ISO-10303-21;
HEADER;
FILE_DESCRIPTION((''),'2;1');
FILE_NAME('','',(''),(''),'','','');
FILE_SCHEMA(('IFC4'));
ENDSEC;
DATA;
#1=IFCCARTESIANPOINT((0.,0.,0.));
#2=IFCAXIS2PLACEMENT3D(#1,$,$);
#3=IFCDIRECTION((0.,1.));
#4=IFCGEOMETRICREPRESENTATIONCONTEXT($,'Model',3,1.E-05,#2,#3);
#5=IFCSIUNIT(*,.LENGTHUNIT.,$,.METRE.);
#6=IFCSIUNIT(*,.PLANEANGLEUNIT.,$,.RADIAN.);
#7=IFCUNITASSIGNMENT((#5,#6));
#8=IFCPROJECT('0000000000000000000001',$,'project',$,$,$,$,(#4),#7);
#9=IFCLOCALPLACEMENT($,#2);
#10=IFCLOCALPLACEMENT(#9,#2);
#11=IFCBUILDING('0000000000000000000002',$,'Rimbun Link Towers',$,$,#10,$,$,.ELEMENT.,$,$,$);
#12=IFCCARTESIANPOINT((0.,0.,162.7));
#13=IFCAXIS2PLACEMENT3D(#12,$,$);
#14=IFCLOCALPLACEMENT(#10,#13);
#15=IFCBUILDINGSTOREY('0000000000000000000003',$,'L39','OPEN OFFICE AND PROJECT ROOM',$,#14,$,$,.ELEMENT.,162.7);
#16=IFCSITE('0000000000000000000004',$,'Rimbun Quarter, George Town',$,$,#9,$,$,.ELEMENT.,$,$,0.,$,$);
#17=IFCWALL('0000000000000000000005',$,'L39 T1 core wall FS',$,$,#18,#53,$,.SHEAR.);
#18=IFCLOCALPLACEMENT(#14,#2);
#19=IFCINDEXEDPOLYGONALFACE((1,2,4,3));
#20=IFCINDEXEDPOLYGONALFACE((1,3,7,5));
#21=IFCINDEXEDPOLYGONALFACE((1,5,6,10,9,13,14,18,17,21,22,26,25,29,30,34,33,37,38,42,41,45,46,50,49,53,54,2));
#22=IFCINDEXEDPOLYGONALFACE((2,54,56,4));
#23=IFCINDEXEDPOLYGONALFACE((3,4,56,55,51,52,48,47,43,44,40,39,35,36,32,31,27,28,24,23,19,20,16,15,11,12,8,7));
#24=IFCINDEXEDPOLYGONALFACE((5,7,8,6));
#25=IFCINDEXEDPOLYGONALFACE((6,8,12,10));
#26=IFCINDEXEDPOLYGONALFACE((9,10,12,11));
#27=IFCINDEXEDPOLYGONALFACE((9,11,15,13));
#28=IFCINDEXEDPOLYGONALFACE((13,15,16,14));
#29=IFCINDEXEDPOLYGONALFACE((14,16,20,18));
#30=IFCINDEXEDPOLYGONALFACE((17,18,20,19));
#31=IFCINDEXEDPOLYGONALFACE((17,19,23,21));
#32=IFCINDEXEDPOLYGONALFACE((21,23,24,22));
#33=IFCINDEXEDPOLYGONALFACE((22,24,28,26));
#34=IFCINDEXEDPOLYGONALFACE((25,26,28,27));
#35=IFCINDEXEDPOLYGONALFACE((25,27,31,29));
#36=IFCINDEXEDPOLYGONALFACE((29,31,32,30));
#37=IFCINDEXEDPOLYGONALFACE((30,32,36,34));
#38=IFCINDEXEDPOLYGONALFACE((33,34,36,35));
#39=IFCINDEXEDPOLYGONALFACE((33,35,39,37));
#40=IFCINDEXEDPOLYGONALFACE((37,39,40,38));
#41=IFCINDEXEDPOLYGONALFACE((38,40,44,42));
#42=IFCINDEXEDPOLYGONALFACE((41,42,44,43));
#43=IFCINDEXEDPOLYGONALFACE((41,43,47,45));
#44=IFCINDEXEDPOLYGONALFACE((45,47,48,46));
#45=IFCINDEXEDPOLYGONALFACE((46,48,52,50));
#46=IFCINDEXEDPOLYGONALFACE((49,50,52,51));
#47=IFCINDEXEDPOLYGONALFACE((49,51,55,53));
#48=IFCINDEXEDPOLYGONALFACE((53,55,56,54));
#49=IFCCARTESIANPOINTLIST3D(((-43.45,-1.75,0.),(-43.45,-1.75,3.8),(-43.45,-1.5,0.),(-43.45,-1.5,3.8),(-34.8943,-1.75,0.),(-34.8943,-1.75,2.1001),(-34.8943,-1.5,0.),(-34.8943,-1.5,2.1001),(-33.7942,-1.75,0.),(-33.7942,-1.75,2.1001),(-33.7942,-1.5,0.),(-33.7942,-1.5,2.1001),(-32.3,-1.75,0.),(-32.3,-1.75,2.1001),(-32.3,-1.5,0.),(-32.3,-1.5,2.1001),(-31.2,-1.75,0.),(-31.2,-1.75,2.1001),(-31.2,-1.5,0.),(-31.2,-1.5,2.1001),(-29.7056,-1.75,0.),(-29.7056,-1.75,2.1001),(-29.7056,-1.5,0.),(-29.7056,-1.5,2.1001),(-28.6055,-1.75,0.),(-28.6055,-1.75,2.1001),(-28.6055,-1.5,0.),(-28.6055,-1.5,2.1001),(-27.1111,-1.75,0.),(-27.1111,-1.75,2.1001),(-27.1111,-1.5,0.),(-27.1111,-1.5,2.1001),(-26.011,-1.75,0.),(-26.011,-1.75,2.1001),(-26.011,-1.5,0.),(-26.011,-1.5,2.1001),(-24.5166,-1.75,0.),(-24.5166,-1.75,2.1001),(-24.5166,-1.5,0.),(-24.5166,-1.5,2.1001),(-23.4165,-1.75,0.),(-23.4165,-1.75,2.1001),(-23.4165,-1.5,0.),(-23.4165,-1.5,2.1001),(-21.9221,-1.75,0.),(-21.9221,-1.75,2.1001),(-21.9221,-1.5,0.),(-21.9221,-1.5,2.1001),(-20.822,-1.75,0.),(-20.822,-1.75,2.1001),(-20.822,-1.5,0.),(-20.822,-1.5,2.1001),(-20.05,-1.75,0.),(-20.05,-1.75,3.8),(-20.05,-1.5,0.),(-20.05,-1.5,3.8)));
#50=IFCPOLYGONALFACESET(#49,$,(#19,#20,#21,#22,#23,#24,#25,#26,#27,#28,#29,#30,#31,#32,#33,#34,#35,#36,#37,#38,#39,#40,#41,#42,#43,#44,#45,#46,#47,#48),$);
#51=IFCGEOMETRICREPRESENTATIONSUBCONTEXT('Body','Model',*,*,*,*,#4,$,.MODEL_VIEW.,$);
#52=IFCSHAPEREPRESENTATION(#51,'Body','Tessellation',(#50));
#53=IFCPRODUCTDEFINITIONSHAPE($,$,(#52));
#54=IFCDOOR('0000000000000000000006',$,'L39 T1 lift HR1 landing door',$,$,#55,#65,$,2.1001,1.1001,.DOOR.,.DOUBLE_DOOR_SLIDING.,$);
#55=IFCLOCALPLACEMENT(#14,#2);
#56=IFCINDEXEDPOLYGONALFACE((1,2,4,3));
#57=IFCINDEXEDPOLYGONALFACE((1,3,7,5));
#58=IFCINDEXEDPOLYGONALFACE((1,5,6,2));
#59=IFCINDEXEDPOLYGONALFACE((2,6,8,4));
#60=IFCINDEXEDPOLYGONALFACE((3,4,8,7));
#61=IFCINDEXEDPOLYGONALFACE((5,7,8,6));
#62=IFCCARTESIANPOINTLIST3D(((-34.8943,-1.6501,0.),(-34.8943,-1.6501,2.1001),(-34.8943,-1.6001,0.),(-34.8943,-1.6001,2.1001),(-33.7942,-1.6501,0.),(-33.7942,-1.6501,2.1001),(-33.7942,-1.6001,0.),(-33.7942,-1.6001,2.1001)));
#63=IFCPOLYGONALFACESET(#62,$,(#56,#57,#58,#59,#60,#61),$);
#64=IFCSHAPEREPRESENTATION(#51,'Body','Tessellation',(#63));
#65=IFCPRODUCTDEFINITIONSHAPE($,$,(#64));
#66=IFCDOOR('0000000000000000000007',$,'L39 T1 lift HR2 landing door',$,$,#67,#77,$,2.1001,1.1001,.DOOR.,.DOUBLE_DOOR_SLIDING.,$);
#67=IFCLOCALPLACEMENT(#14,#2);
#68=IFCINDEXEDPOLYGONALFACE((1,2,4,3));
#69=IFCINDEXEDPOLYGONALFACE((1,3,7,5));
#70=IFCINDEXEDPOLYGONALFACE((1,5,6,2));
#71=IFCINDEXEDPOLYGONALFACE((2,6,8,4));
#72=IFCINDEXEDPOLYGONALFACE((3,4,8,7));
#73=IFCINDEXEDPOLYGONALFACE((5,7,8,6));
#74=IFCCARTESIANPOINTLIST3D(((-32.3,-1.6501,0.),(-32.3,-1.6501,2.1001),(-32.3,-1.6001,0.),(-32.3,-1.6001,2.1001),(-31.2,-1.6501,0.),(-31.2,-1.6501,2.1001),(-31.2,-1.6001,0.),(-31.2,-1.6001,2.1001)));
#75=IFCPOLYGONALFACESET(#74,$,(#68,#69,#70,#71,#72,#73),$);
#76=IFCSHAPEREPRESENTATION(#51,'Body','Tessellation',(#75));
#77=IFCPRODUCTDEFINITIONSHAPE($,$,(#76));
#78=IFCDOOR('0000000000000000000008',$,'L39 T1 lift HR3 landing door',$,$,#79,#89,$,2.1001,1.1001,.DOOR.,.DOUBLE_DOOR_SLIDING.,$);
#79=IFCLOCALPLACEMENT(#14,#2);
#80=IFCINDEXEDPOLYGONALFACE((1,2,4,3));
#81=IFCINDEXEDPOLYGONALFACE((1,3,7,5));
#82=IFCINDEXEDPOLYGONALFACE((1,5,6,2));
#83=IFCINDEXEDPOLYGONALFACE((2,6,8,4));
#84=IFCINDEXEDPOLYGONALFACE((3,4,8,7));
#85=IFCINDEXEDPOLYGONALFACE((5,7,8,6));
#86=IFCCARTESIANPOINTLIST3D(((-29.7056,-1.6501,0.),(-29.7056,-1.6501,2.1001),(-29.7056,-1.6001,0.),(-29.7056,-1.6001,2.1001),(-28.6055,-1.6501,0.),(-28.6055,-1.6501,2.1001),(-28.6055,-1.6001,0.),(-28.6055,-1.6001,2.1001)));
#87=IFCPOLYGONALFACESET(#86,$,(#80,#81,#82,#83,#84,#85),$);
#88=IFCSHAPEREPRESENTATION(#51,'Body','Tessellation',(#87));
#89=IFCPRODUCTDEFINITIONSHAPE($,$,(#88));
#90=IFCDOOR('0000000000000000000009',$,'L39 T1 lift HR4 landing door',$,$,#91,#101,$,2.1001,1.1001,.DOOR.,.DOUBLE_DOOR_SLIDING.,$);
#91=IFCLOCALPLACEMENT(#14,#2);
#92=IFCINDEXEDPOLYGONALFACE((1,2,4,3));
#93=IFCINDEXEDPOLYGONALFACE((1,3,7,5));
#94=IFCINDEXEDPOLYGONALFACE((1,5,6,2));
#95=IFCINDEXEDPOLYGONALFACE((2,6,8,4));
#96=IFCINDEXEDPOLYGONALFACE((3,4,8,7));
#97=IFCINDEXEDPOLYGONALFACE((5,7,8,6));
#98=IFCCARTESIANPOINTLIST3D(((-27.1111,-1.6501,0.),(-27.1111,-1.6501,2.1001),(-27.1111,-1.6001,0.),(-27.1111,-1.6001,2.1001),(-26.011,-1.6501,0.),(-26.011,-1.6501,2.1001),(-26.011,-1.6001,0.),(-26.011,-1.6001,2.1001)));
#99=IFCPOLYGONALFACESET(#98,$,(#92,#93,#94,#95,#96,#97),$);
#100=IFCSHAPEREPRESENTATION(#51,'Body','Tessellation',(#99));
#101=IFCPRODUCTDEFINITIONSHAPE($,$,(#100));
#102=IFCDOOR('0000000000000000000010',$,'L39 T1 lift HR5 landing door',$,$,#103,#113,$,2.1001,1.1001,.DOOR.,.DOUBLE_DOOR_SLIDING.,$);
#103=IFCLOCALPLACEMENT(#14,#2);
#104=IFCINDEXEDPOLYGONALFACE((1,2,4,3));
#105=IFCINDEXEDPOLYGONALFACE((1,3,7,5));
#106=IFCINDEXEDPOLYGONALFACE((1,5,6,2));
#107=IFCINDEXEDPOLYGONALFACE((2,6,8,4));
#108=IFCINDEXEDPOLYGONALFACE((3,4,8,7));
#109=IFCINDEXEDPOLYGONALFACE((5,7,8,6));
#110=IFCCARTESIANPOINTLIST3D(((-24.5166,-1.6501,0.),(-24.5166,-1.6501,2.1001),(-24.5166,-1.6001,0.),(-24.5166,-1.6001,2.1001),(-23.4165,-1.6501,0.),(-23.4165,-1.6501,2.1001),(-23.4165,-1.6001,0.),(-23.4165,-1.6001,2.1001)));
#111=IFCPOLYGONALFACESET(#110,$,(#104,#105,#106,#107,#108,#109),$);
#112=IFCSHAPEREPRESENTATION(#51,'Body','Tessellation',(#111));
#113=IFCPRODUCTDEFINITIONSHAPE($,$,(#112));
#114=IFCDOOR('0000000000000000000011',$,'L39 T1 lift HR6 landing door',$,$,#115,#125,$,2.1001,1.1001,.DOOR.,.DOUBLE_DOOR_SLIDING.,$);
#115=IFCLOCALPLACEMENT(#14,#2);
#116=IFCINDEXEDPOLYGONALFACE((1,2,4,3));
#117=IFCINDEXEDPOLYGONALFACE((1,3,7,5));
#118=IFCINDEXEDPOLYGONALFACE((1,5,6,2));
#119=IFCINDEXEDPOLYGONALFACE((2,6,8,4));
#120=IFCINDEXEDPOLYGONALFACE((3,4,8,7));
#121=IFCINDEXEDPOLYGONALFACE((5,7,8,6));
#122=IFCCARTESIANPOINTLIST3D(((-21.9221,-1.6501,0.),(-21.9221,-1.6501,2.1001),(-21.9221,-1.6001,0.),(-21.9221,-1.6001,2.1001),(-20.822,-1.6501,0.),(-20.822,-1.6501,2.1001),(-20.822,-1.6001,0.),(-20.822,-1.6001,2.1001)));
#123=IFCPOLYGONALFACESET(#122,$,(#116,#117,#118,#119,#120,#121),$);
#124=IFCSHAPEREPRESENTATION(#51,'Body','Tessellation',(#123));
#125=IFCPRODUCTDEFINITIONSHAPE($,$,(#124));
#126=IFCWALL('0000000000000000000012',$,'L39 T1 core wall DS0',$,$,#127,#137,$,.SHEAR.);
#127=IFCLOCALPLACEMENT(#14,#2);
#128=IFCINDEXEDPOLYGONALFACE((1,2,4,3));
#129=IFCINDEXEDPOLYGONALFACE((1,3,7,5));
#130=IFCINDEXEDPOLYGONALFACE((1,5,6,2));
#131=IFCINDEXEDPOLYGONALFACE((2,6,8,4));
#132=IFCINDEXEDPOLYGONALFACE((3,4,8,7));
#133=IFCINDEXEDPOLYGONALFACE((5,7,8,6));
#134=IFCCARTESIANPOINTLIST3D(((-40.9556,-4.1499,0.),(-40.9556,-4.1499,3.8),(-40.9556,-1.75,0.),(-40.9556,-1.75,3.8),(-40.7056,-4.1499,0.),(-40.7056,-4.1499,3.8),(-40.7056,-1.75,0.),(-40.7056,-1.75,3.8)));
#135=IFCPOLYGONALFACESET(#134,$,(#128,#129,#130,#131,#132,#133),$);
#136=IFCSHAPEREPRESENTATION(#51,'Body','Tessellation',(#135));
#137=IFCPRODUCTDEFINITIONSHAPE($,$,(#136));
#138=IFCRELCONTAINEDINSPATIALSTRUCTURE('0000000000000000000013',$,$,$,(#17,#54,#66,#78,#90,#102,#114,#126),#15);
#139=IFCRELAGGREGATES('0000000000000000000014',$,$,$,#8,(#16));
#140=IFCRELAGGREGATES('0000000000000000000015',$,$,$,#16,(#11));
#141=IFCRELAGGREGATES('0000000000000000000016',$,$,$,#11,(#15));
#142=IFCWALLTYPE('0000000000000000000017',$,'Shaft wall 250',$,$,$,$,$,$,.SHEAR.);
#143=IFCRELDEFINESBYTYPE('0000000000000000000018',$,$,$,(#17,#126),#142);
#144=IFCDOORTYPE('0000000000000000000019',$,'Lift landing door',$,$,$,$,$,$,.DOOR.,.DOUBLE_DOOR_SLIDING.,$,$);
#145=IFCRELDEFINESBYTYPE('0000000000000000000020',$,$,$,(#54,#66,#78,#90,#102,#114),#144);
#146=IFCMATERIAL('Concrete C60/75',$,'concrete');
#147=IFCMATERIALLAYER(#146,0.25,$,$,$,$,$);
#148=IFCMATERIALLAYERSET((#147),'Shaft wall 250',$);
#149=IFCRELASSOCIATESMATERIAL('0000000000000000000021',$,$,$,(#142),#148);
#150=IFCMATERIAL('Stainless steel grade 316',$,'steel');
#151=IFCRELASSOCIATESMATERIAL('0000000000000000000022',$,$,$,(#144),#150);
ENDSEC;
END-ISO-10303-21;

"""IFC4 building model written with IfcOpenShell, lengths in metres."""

from ifc_helpers import new_model, si_unit, direction, frame, frame_2d, origin, place, context, subcontext, project, spatial, rectangle, extrude, material, layer, layer_set, type_object, element, fill, save


model = new_model("IFC4")

# Units and contexts
model_context = context("Model", 3, precision=1e-05, world=origin(), true_north=direction((0.0, 1.0)))
body_context = subcontext(model_context, "Body", "Model", "MODEL_VIEW")
ifc_project = project(units=[si_unit("LENGTHUNIT", "METRE"), si_unit("PLANEANGLEUNIT", "RADIAN")], contexts=[model_context])

# Site, building, storey
site_placement = place(None, origin())
site = spatial("IfcSite", under=ifc_project, at=site_placement, Name="Rimbun Quarter, George Town", CompositionType="ELEMENT", RefElevation=0.0)
building_placement = place(site_placement, origin())
building = spatial("IfcBuilding", under=site, at=building_placement, Name="Rimbun Link Towers", CompositionType="ELEMENT")
storey_placement = place(building_placement, frame((0.0, 0.0, 162.7)))
storey = spatial("IfcBuildingStorey", under=building, at=storey_placement, Name="L39", Description="OPEN OFFICE AND PROJECT ROOM", CompositionType="ELEMENT", Elevation=162.7)

# Shared definitions
ifc_material_1 = material(Name="Concrete C60/75", Category="concrete")
ifc_layer_1 = layer(ifc_material_1, 0.25)
ifc_layer_set_1 = layer_set([ifc_layer_1], Name="Shaft wall 250")
wall_type_1 = type_object("IfcWallType", Name="Shaft wall 250", PredefinedType="SHEAR", material=ifc_layer_set_1)

# Wall, openings, doors
wall_1_placement = place(storey_placement, frame((-43.45, -1.625, 0.0), z_axis=(0.0, 0.0, 1.0), x_axis=(1.0, 0.0, 0.0)))
wall_1 = element("IfcWall", 1, at=wall_1_placement, inside=storey, type_object=wall_type_1, Name="L39 T1 core wall FS", PredefinedType="SHEAR", context=body_context, shape_type="SweptSolid", body=[
    extrude(rectangle(XDim=23.3999, YDim=0.25, at=frame_2d((11.7, 0.0))), origin(), (0.0, 0.0, 1.0), 3.8),
])
opening_1_placement = place(wall_1_placement, frame((8.5557, 0.0, 0.0)))
opening_1 = element("IfcOpeningElement", 2, at=opening_1_placement, cuts=wall_1, PredefinedType="OPENING", context=body_context, shape_type="SweptSolid", body=[
    extrude(rectangle(XDim=1.1001, YDim=2.1001, at=frame_2d((0.55, 1.05))), frame((0.0, 0.135, 0.0), z_axis=(0.0, -1.0, 0.0), x_axis=(1.0, 0.0, 0.0)), (0.0, 0.0, 1.0), 0.27),
])
opening_2_placement = place(wall_1_placement, frame((11.1499, 0.0, 0.0)))
opening_2 = element("IfcOpeningElement", 3, at=opening_2_placement, cuts=wall_1, PredefinedType="OPENING", context=body_context, shape_type="SweptSolid", body=[
    extrude(rectangle(XDim=1.1001, YDim=2.1001, at=frame_2d((0.55, 1.05))), frame((0.0, 0.135, 0.0), z_axis=(0.0, -1.0, 0.0), x_axis=(1.0, 0.0, 0.0)), (0.0, 0.0, 1.0), 0.27),
])
opening_3_placement = place(wall_1_placement, frame((13.7444, 0.0, 0.0)))
opening_3 = element("IfcOpeningElement", 4, at=opening_3_placement, cuts=wall_1, PredefinedType="OPENING", context=body_context, shape_type="SweptSolid", body=[
    extrude(rectangle(XDim=1.1001, YDim=2.1001, at=frame_2d((0.55, 1.05))), frame((0.0, 0.135, 0.0), z_axis=(0.0, -1.0, 0.0), x_axis=(1.0, 0.0, 0.0)), (0.0, 0.0, 1.0), 0.27),
])
opening_4_placement = place(wall_1_placement, frame((16.3389, 0.0, 0.0)))
opening_4 = element("IfcOpeningElement", 5, at=opening_4_placement, cuts=wall_1, PredefinedType="OPENING", context=body_context, shape_type="SweptSolid", body=[
    extrude(rectangle(XDim=1.1001, YDim=2.1001, at=frame_2d((0.55, 1.05))), frame((0.0, 0.135, 0.0), z_axis=(0.0, -1.0, 0.0), x_axis=(1.0, 0.0, 0.0)), (0.0, 0.0, 1.0), 0.27),
])
opening_5_placement = place(wall_1_placement, frame((18.9333, 0.0, 0.0)))
opening_5 = element("IfcOpeningElement", 6, at=opening_5_placement, cuts=wall_1, PredefinedType="OPENING", context=body_context, shape_type="SweptSolid", body=[
    extrude(rectangle(XDim=1.1001, YDim=2.1001, at=frame_2d((0.55, 1.05))), frame((0.0, 0.135, 0.0), z_axis=(0.0, -1.0, 0.0), x_axis=(1.0, 0.0, 0.0)), (0.0, 0.0, 1.0), 0.27),
])
opening_6_placement = place(wall_1_placement, frame((21.5278, 0.0, 0.0)))
opening_6 = element("IfcOpeningElement", 7, at=opening_6_placement, cuts=wall_1, PredefinedType="OPENING", context=body_context, shape_type="SweptSolid", body=[
    extrude(rectangle(XDim=1.1001, YDim=2.1001, at=frame_2d((0.55, 1.05))), frame((0.0, 0.135, 0.0), z_axis=(0.0, -1.0, 0.0), x_axis=(1.0, 0.0, 0.0)), (0.0, 0.0, 1.0), 0.27),
])
ifc_material_2 = material(Name="Stainless steel grade 316", Category="steel")
door_type_1 = type_object("IfcDoorType", Name="Lift landing door", OperationType="DOUBLE_DOOR_SLIDING", PredefinedType="DOOR", material=ifc_material_2)
door_1_placement = place(opening_1_placement, origin())
door_1 = element("IfcDoor", 8, at=door_1_placement, inside=storey, type_object=door_type_1, Name="L39 T1 lift HR1 landing door", OperationType="DOUBLE_DOOR_SLIDING", OverallHeight=2.1001, OverallWidth=1.1001, PredefinedType="DOOR", context=body_context, shape_type="SweptSolid", body=[
    extrude(rectangle(XDim=1.1001, YDim=2.1001, at=frame_2d((0.55, 1.05))), frame((0.0, 0.0249, 0.0), z_axis=(0.0, -1.0, 0.0), x_axis=(1.0, 0.0, 0.0)), (0.0, 0.0, 1.0), 0.05),
])
fill(opening_1, door_1)
door_2_placement = place(opening_2_placement, origin())
door_2 = element("IfcDoor", 9, at=door_2_placement, inside=storey, type_object=door_type_1, Name="L39 T1 lift HR2 landing door", OperationType="DOUBLE_DOOR_SLIDING", OverallHeight=2.1001, OverallWidth=1.1001, PredefinedType="DOOR", context=body_context, shape_type="SweptSolid", body=[
    extrude(rectangle(XDim=1.1001, YDim=2.1001, at=frame_2d((0.55, 1.05))), frame((0.0, 0.0249, 0.0), z_axis=(0.0, -1.0, 0.0), x_axis=(1.0, 0.0, 0.0)), (0.0, 0.0, 1.0), 0.05),
])
fill(opening_2, door_2)
door_3_placement = place(opening_3_placement, origin())
door_3 = element("IfcDoor", 10, at=door_3_placement, inside=storey, type_object=door_type_1, Name="L39 T1 lift HR3 landing door", OperationType="DOUBLE_DOOR_SLIDING", OverallHeight=2.1001, OverallWidth=1.1001, PredefinedType="DOOR", context=body_context, shape_type="SweptSolid", body=[
    extrude(rectangle(XDim=1.1001, YDim=2.1001, at=frame_2d((0.55, 1.05))), frame((0.0, 0.0249, 0.0), z_axis=(0.0, -1.0, 0.0), x_axis=(1.0, 0.0, 0.0)), (0.0, 0.0, 1.0), 0.05),
])
fill(opening_3, door_3)
door_4_placement = place(opening_4_placement, origin())
door_4 = element("IfcDoor", 11, at=door_4_placement, inside=storey, type_object=door_type_1, Name="L39 T1 lift HR4 landing door", OperationType="DOUBLE_DOOR_SLIDING", OverallHeight=2.1001, OverallWidth=1.1001, PredefinedType="DOOR", context=body_context, shape_type="SweptSolid", body=[
    extrude(rectangle(XDim=1.1001, YDim=2.1001, at=frame_2d((0.55, 1.05))), frame((0.0, 0.0249, 0.0), z_axis=(0.0, -1.0, 0.0), x_axis=(1.0, 0.0, 0.0)), (0.0, 0.0, 1.0), 0.05),
])
fill(opening_4, door_4)
door_5_placement = place(opening_5_placement, origin())
door_5 = element("IfcDoor", 12, at=door_5_placement, inside=storey, type_object=door_type_1, Name="L39 T1 lift HR5 landing door", OperationType="DOUBLE_DOOR_SLIDING", OverallHeight=2.1001, OverallWidth=1.1001, PredefinedType="DOOR", context=body_context, shape_type="SweptSolid", body=[
    extrude(rectangle(XDim=1.1001, YDim=2.1001, at=frame_2d((0.55, 1.05))), frame((0.0, 0.0249, 0.0), z_axis=(0.0, -1.0, 0.0), x_axis=(1.0, 0.0, 0.0)), (0.0, 0.0, 1.0), 0.05),
])
fill(opening_5, door_5)
door_6_placement = place(opening_6_placement, origin())
door_6 = element("IfcDoor", 13, at=door_6_placement, inside=storey, type_object=door_type_1, Name="L39 T1 lift HR6 landing door", OperationType="DOUBLE_DOOR_SLIDING", OverallHeight=2.1001, OverallWidth=1.1001, PredefinedType="DOOR", context=body_context, shape_type="SweptSolid", body=[
    extrude(rectangle(XDim=1.1001, YDim=2.1001, at=frame_2d((0.55, 1.05))), frame((0.0, 0.0249, 0.0), z_axis=(0.0, -1.0, 0.0), x_axis=(1.0, 0.0, 0.0)), (0.0, 0.0, 1.0), 0.05),
])
fill(opening_6, door_6)

# Wall
wall_2_placement = place(storey_placement, frame((-40.8306, -4.1499, 0.0), z_axis=(0.0, 0.0, 1.0), x_axis=(0.0, 1.0, 0.0)))
element("IfcWall", 14, at=wall_2_placement, inside=storey, type_object=wall_type_1, Name="L39 T1 core wall DS0", PredefinedType="SHEAR", context=body_context, shape_type="SweptSolid", body=[
    extrude(rectangle(XDim=2.3999, YDim=0.25, at=frame_2d((1.2, 0.0))), origin(), (0.0, 0.0, 1.0), 3.8),
])

save(model, "model.ifc")
